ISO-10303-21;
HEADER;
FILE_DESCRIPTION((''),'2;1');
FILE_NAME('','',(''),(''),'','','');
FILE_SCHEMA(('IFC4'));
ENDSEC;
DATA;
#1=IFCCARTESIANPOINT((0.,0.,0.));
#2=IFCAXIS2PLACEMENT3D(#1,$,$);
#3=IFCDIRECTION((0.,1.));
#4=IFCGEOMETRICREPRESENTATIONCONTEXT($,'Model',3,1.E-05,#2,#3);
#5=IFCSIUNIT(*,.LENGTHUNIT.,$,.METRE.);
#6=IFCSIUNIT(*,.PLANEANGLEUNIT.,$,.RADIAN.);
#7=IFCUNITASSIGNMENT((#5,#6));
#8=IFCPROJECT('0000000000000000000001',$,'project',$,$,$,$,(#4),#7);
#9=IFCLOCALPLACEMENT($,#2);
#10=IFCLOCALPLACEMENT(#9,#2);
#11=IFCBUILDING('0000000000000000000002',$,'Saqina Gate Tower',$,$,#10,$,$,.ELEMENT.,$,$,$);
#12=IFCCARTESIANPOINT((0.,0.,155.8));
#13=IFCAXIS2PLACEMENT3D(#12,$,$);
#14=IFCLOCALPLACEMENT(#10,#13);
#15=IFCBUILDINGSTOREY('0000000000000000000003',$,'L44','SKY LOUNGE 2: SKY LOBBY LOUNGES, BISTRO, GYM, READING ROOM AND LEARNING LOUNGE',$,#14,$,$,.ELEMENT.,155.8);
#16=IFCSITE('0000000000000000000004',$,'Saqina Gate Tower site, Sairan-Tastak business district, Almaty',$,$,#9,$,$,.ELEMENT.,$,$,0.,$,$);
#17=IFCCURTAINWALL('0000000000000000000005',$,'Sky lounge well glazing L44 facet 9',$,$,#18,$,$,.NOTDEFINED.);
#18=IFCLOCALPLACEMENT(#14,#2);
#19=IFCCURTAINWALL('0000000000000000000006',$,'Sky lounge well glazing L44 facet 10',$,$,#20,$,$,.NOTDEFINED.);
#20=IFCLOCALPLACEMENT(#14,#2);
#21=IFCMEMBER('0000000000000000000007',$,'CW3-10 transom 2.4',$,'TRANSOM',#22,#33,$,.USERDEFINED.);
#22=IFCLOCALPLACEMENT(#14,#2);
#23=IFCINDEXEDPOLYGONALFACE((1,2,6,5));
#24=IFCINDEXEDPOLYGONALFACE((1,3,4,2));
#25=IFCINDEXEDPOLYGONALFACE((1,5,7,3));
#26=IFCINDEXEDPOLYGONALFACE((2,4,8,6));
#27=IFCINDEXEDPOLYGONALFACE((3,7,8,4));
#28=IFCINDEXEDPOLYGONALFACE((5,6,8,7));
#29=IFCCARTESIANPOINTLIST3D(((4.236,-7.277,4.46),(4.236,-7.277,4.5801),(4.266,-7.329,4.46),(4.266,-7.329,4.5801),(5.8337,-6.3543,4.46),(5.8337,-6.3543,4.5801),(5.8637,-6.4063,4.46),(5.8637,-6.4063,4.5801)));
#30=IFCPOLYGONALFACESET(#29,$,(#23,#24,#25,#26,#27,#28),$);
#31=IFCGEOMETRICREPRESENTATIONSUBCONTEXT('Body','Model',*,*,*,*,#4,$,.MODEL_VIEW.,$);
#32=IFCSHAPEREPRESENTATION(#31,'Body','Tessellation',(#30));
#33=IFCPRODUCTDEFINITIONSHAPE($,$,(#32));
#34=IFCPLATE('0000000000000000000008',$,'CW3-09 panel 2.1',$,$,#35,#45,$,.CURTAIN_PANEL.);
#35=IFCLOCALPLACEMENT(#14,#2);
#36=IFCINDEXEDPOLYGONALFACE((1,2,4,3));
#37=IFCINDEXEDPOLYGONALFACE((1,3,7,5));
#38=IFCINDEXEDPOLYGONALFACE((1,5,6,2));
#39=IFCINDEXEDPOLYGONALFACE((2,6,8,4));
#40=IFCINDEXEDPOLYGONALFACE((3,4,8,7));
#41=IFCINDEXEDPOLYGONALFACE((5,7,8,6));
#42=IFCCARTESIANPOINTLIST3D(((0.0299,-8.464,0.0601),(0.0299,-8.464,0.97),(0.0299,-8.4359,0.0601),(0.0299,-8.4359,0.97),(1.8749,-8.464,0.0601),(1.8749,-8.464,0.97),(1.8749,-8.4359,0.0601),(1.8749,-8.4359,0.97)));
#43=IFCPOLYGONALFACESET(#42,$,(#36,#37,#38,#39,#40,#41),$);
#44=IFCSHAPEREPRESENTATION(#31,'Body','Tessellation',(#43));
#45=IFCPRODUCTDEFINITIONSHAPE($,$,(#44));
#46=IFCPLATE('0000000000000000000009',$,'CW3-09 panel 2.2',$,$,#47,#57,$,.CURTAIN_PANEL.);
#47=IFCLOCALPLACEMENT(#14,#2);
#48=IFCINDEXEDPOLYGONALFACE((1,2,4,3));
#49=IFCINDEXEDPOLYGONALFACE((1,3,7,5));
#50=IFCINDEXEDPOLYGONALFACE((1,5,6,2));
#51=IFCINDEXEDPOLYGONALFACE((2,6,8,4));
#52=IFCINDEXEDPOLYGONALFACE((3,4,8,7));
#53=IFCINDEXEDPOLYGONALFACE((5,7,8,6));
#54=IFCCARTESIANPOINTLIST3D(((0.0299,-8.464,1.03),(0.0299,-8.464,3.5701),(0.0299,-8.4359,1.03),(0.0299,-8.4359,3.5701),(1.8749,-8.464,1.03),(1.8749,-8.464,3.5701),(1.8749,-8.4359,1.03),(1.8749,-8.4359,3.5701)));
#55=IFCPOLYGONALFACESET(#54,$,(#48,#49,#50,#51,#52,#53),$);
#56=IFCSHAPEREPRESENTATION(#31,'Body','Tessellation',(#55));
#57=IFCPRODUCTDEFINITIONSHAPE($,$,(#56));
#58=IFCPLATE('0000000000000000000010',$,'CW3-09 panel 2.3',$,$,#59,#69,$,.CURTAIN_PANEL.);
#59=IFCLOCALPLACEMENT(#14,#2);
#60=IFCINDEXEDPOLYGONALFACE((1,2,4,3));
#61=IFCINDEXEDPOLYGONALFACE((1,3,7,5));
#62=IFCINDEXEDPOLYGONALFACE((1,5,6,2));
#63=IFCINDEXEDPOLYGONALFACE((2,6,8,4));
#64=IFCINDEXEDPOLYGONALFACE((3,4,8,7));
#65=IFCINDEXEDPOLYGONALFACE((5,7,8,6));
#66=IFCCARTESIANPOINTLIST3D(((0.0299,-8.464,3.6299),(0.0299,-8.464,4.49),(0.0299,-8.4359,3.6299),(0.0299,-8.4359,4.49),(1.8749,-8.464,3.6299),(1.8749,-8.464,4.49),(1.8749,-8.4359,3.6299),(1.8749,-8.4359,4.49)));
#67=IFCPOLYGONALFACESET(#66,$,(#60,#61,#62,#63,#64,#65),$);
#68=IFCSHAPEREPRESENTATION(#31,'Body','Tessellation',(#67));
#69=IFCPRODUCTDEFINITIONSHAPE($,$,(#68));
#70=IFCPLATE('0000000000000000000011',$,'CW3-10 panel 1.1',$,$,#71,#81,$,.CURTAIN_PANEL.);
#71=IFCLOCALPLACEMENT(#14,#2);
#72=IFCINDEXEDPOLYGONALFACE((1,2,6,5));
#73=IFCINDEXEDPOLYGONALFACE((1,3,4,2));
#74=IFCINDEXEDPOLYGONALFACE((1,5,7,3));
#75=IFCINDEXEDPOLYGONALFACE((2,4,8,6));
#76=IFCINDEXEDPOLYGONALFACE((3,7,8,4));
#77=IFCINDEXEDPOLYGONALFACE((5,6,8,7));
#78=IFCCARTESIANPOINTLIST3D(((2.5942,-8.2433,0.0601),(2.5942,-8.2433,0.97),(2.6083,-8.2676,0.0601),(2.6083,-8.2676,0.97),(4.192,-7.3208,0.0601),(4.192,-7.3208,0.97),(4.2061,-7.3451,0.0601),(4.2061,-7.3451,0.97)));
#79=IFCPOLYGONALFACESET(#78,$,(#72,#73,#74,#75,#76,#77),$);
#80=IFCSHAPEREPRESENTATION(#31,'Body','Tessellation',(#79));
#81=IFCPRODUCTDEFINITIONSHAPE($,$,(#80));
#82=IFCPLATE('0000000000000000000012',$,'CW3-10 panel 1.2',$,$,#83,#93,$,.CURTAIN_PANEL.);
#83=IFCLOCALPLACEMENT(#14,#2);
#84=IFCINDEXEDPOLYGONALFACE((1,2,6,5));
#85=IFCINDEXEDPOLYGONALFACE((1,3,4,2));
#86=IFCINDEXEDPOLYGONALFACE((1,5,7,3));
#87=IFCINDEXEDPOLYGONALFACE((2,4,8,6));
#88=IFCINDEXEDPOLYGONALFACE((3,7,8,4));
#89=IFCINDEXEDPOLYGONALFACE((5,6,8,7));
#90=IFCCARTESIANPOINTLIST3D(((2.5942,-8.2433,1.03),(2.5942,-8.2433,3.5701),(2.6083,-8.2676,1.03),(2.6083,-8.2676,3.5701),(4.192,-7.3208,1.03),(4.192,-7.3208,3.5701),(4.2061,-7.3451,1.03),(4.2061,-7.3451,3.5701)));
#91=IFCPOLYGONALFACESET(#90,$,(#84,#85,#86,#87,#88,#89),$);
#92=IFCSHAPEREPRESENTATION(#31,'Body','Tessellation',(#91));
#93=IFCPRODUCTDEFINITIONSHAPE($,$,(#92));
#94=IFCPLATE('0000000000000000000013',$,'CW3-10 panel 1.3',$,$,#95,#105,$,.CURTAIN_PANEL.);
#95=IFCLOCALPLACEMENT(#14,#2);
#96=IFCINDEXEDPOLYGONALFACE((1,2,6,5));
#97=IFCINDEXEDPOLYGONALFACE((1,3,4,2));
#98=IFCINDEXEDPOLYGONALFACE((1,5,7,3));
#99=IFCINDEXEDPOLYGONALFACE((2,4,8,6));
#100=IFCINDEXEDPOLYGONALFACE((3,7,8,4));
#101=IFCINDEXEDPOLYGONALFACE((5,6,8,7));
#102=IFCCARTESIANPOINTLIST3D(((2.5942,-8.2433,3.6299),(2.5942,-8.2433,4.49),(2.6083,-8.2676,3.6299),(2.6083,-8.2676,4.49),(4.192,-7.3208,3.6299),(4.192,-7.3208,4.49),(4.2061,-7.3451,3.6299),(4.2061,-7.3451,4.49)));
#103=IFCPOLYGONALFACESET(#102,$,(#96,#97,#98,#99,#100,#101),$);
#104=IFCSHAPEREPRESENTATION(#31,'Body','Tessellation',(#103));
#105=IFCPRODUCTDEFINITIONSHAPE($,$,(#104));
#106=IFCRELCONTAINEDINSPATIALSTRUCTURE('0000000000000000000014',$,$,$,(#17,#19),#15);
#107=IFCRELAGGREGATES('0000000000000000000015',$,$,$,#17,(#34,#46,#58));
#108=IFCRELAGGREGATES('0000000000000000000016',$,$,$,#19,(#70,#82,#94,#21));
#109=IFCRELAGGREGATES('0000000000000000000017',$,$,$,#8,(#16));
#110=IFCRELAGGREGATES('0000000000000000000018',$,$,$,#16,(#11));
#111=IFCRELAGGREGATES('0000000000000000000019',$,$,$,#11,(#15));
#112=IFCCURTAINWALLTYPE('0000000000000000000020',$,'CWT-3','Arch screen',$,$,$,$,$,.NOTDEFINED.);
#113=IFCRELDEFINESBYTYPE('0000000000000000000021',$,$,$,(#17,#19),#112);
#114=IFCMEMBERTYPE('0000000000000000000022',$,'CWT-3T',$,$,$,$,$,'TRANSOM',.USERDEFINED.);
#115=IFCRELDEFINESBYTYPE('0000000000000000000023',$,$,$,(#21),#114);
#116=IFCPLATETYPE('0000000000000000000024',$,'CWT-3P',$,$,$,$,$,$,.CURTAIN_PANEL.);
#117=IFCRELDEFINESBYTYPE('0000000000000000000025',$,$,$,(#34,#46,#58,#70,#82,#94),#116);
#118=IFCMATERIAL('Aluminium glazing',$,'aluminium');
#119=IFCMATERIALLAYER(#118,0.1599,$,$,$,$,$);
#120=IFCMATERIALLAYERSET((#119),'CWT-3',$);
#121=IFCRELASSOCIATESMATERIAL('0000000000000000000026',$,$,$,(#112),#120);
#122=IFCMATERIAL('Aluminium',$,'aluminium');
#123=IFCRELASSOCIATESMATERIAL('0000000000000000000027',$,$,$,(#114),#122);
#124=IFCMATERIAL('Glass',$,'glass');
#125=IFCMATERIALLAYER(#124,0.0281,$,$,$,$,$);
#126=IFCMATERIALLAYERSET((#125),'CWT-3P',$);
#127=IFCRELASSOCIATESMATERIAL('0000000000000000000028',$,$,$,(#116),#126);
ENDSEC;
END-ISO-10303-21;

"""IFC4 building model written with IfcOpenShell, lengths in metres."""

from ifc_helpers import new_model, si_unit, direction, frame, origin, origin_2d, place, context, subcontext, project, spatial, rectangle, extrude, material, layer, layer_set, material_profile, profile_set, type_object, element, aggregate, save


model = new_model("IFC4")

# Units and contexts
model_context = context("Model", 3, precision=1e-05, world=origin(), true_north=direction((0.0, 1.0)))
body_context = subcontext(model_context, "Body", "Model", "MODEL_VIEW")
ifc_project = project(units=[si_unit("LENGTHUNIT", "METRE"), si_unit("PLANEANGLEUNIT", "RADIAN")], contexts=[model_context])

# Site, building, storey
site_placement = place(None, origin())
site = spatial("IfcSite", under=ifc_project, at=site_placement, Name="Saqina Gate Tower site, Sairan-Tastak business district, Almaty", CompositionType="ELEMENT", RefElevation=0.0)
building_placement = place(site_placement, origin())
building = spatial("IfcBuilding", under=site, at=building_placement, Name="Saqina Gate Tower", CompositionType="ELEMENT")
storey_placement = place(building_placement, frame((0.0, 0.0, 155.8)))
storey = spatial("IfcBuildingStorey", under=building, at=storey_placement, Name="L44", Description="SKY LOUNGE 2: SKY LOBBY LOUNGES, BISTRO, GYM, READING ROOM AND LEARNING LOUNGE", CompositionType="ELEMENT", Elevation=155.8)

# Curtain wall
ifc_material_1 = material(Name="Aluminium glazing", Category="aluminium")
ifc_layer_1 = layer(ifc_material_1, 0.1599)
ifc_layer_set_1 = layer_set([ifc_layer_1], Name="CWT-3")
curtain_wall_type = type_object("IfcCurtainWallType", Name="CWT-3", Description="Arch screen", PredefinedType="NOTDEFINED", material=ifc_layer_set_1)
curtain_wall_1_placement = place(storey_placement, origin())
curtain_wall_1 = element("IfcCurtainWall", 1, at=curtain_wall_1_placement, inside=storey, type_object=curtain_wall_type, Name="Sky lounge well glazing L44 facet 9", PredefinedType="NOTDEFINED")

# Curtain wall
curtain_wall_2_placement = place(storey_placement, origin())
curtain_wall_2 = element("IfcCurtainWall", 2, at=curtain_wall_2_placement, inside=storey, type_object=curtain_wall_type, Name="Sky lounge well glazing L44 facet 10", PredefinedType="NOTDEFINED")

# Member
ifc_material_2 = material(Name="Aluminium", Category="aluminium")
ifc_material_profile_1 = material_profile(ifc_material_2, rectangle(XDim=0.0601, YDim=0.1201, at=origin_2d()), Name="Aluminium 60x120")
ifc_profile_set_1 = profile_set([ifc_material_profile_1], Name="Aluminium")
member_type_1 = type_object("IfcMemberType", Name="CWT-3T", ElementType="TRANSOM", PredefinedType="USERDEFINED", material=ifc_profile_set_1)
member_1_placement = place(storey_placement, frame((4.251, -7.303, 4.52), z_axis=(0.865978, 0.500081, 0.0), x_axis=(-0.500081, 0.865978, 0.0)))
member_1 = element("IfcMember", 3, at=member_1_placement, type_object=member_type_1, Name="CW3-10 transom 2.4", ObjectType="TRANSOM", PredefinedType="USERDEFINED", context=body_context, shape_type="SweptSolid", body=[
    extrude(rectangle(XDim=0.0601, YDim=0.1201, at=origin_2d()), origin(), (0.0, 0.0, 1.0), 1.845),
])

# Plates
ifc_material_3 = material(Name="Glass", Category="glass")
ifc_layer_2 = layer(ifc_material_3, 0.0281)
ifc_layer_set_2 = layer_set([ifc_layer_2], Name="CWT-3P")
plate_type = type_object("IfcPlateType", Name="CWT-3P", PredefinedType="CURTAIN_PANEL", material=ifc_layer_set_2)
plate_1_placement = place(storey_placement, frame((0.9524, -8.45, 0.0601), z_axis=(0.0, 0.0, 1.0), x_axis=(1.0, 0.0, 0.0)))
plate_1 = element("IfcPlate", 4, at=plate_1_placement, type_object=plate_type, Name="CW3-09 panel 2.1", PredefinedType="CURTAIN_PANEL", context=body_context, shape_type="SweptSolid", body=[
    extrude(rectangle(XDim=1.845, YDim=0.0281, at=origin_2d()), origin(), (0.0, 0.0, 1.0), 0.9099),
])
plate_2_placement = place(storey_placement, frame((0.9524, -8.45, 1.03), z_axis=(0.0, 0.0, 1.0), x_axis=(1.0, 0.0, 0.0)))
plate_2 = element("IfcPlate", 5, at=plate_2_placement, type_object=plate_type, Name="CW3-09 panel 2.2", PredefinedType="CURTAIN_PANEL", context=body_context, shape_type="SweptSolid", body=[
    extrude(rectangle(XDim=1.845, YDim=0.0281, at=origin_2d()), origin(), (0.0, 0.0, 1.0), 2.54),
])
plate_3_placement = place(storey_placement, frame((0.9524, -8.45, 3.6299), z_axis=(0.0, 0.0, 1.0), x_axis=(1.0, 0.0, 0.0)))
plate_3 = element("IfcPlate", 6, at=plate_3_placement, type_object=plate_type, Name="CW3-09 panel 2.3", PredefinedType="CURTAIN_PANEL", context=body_context, shape_type="SweptSolid", body=[
    extrude(rectangle(XDim=1.845, YDim=0.0281, at=origin_2d()), origin(), (0.0, 0.0, 1.0), 0.8601),
])
aggregate(curtain_wall_1, [plate_1, plate_2, plate_3])
plate_4_placement = place(storey_placement, frame((3.4001, -7.7942, 0.0601), z_axis=(0.0, 0.0, 1.0), x_axis=(0.866018, 0.500013, 0.0)))
plate_4 = element("IfcPlate", 7, at=plate_4_placement, type_object=plate_type, Name="CW3-10 panel 1.1", PredefinedType="CURTAIN_PANEL", context=body_context, shape_type="SweptSolid", body=[
    extrude(rectangle(XDim=1.845, YDim=0.0281, at=origin_2d()), origin(), (0.0, 0.0, 1.0), 0.9099),
])
plate_5_placement = place(storey_placement, frame((3.4001, -7.7942, 1.03), z_axis=(0.0, 0.0, 1.0), x_axis=(0.866018, 0.500013, 0.0)))
plate_5 = element("IfcPlate", 8, at=plate_5_placement, type_object=plate_type, Name="CW3-10 panel 1.2", PredefinedType="CURTAIN_PANEL", context=body_context, shape_type="SweptSolid", body=[
    extrude(rectangle(XDim=1.845, YDim=0.0281, at=origin_2d()), origin(), (0.0, 0.0, 1.0), 2.54),
])
plate_6_placement = place(storey_placement, frame((3.4001, -7.7942, 3.6299), z_axis=(0.0, 0.0, 1.0), x_axis=(0.866018, 0.500013, 0.0)))
plate_6 = element("IfcPlate", 9, at=plate_6_placement, type_object=plate_type, Name="CW3-10 panel 1.3", PredefinedType="CURTAIN_PANEL", context=body_context, shape_type="SweptSolid", body=[
    extrude(rectangle(XDim=1.845, YDim=0.0281, at=origin_2d()), origin(), (0.0, 0.0, 1.0), 0.8601),
])
aggregate(curtain_wall_2, [plate_4, plate_5, plate_6, member_1])

save(model, "model.ifc")
